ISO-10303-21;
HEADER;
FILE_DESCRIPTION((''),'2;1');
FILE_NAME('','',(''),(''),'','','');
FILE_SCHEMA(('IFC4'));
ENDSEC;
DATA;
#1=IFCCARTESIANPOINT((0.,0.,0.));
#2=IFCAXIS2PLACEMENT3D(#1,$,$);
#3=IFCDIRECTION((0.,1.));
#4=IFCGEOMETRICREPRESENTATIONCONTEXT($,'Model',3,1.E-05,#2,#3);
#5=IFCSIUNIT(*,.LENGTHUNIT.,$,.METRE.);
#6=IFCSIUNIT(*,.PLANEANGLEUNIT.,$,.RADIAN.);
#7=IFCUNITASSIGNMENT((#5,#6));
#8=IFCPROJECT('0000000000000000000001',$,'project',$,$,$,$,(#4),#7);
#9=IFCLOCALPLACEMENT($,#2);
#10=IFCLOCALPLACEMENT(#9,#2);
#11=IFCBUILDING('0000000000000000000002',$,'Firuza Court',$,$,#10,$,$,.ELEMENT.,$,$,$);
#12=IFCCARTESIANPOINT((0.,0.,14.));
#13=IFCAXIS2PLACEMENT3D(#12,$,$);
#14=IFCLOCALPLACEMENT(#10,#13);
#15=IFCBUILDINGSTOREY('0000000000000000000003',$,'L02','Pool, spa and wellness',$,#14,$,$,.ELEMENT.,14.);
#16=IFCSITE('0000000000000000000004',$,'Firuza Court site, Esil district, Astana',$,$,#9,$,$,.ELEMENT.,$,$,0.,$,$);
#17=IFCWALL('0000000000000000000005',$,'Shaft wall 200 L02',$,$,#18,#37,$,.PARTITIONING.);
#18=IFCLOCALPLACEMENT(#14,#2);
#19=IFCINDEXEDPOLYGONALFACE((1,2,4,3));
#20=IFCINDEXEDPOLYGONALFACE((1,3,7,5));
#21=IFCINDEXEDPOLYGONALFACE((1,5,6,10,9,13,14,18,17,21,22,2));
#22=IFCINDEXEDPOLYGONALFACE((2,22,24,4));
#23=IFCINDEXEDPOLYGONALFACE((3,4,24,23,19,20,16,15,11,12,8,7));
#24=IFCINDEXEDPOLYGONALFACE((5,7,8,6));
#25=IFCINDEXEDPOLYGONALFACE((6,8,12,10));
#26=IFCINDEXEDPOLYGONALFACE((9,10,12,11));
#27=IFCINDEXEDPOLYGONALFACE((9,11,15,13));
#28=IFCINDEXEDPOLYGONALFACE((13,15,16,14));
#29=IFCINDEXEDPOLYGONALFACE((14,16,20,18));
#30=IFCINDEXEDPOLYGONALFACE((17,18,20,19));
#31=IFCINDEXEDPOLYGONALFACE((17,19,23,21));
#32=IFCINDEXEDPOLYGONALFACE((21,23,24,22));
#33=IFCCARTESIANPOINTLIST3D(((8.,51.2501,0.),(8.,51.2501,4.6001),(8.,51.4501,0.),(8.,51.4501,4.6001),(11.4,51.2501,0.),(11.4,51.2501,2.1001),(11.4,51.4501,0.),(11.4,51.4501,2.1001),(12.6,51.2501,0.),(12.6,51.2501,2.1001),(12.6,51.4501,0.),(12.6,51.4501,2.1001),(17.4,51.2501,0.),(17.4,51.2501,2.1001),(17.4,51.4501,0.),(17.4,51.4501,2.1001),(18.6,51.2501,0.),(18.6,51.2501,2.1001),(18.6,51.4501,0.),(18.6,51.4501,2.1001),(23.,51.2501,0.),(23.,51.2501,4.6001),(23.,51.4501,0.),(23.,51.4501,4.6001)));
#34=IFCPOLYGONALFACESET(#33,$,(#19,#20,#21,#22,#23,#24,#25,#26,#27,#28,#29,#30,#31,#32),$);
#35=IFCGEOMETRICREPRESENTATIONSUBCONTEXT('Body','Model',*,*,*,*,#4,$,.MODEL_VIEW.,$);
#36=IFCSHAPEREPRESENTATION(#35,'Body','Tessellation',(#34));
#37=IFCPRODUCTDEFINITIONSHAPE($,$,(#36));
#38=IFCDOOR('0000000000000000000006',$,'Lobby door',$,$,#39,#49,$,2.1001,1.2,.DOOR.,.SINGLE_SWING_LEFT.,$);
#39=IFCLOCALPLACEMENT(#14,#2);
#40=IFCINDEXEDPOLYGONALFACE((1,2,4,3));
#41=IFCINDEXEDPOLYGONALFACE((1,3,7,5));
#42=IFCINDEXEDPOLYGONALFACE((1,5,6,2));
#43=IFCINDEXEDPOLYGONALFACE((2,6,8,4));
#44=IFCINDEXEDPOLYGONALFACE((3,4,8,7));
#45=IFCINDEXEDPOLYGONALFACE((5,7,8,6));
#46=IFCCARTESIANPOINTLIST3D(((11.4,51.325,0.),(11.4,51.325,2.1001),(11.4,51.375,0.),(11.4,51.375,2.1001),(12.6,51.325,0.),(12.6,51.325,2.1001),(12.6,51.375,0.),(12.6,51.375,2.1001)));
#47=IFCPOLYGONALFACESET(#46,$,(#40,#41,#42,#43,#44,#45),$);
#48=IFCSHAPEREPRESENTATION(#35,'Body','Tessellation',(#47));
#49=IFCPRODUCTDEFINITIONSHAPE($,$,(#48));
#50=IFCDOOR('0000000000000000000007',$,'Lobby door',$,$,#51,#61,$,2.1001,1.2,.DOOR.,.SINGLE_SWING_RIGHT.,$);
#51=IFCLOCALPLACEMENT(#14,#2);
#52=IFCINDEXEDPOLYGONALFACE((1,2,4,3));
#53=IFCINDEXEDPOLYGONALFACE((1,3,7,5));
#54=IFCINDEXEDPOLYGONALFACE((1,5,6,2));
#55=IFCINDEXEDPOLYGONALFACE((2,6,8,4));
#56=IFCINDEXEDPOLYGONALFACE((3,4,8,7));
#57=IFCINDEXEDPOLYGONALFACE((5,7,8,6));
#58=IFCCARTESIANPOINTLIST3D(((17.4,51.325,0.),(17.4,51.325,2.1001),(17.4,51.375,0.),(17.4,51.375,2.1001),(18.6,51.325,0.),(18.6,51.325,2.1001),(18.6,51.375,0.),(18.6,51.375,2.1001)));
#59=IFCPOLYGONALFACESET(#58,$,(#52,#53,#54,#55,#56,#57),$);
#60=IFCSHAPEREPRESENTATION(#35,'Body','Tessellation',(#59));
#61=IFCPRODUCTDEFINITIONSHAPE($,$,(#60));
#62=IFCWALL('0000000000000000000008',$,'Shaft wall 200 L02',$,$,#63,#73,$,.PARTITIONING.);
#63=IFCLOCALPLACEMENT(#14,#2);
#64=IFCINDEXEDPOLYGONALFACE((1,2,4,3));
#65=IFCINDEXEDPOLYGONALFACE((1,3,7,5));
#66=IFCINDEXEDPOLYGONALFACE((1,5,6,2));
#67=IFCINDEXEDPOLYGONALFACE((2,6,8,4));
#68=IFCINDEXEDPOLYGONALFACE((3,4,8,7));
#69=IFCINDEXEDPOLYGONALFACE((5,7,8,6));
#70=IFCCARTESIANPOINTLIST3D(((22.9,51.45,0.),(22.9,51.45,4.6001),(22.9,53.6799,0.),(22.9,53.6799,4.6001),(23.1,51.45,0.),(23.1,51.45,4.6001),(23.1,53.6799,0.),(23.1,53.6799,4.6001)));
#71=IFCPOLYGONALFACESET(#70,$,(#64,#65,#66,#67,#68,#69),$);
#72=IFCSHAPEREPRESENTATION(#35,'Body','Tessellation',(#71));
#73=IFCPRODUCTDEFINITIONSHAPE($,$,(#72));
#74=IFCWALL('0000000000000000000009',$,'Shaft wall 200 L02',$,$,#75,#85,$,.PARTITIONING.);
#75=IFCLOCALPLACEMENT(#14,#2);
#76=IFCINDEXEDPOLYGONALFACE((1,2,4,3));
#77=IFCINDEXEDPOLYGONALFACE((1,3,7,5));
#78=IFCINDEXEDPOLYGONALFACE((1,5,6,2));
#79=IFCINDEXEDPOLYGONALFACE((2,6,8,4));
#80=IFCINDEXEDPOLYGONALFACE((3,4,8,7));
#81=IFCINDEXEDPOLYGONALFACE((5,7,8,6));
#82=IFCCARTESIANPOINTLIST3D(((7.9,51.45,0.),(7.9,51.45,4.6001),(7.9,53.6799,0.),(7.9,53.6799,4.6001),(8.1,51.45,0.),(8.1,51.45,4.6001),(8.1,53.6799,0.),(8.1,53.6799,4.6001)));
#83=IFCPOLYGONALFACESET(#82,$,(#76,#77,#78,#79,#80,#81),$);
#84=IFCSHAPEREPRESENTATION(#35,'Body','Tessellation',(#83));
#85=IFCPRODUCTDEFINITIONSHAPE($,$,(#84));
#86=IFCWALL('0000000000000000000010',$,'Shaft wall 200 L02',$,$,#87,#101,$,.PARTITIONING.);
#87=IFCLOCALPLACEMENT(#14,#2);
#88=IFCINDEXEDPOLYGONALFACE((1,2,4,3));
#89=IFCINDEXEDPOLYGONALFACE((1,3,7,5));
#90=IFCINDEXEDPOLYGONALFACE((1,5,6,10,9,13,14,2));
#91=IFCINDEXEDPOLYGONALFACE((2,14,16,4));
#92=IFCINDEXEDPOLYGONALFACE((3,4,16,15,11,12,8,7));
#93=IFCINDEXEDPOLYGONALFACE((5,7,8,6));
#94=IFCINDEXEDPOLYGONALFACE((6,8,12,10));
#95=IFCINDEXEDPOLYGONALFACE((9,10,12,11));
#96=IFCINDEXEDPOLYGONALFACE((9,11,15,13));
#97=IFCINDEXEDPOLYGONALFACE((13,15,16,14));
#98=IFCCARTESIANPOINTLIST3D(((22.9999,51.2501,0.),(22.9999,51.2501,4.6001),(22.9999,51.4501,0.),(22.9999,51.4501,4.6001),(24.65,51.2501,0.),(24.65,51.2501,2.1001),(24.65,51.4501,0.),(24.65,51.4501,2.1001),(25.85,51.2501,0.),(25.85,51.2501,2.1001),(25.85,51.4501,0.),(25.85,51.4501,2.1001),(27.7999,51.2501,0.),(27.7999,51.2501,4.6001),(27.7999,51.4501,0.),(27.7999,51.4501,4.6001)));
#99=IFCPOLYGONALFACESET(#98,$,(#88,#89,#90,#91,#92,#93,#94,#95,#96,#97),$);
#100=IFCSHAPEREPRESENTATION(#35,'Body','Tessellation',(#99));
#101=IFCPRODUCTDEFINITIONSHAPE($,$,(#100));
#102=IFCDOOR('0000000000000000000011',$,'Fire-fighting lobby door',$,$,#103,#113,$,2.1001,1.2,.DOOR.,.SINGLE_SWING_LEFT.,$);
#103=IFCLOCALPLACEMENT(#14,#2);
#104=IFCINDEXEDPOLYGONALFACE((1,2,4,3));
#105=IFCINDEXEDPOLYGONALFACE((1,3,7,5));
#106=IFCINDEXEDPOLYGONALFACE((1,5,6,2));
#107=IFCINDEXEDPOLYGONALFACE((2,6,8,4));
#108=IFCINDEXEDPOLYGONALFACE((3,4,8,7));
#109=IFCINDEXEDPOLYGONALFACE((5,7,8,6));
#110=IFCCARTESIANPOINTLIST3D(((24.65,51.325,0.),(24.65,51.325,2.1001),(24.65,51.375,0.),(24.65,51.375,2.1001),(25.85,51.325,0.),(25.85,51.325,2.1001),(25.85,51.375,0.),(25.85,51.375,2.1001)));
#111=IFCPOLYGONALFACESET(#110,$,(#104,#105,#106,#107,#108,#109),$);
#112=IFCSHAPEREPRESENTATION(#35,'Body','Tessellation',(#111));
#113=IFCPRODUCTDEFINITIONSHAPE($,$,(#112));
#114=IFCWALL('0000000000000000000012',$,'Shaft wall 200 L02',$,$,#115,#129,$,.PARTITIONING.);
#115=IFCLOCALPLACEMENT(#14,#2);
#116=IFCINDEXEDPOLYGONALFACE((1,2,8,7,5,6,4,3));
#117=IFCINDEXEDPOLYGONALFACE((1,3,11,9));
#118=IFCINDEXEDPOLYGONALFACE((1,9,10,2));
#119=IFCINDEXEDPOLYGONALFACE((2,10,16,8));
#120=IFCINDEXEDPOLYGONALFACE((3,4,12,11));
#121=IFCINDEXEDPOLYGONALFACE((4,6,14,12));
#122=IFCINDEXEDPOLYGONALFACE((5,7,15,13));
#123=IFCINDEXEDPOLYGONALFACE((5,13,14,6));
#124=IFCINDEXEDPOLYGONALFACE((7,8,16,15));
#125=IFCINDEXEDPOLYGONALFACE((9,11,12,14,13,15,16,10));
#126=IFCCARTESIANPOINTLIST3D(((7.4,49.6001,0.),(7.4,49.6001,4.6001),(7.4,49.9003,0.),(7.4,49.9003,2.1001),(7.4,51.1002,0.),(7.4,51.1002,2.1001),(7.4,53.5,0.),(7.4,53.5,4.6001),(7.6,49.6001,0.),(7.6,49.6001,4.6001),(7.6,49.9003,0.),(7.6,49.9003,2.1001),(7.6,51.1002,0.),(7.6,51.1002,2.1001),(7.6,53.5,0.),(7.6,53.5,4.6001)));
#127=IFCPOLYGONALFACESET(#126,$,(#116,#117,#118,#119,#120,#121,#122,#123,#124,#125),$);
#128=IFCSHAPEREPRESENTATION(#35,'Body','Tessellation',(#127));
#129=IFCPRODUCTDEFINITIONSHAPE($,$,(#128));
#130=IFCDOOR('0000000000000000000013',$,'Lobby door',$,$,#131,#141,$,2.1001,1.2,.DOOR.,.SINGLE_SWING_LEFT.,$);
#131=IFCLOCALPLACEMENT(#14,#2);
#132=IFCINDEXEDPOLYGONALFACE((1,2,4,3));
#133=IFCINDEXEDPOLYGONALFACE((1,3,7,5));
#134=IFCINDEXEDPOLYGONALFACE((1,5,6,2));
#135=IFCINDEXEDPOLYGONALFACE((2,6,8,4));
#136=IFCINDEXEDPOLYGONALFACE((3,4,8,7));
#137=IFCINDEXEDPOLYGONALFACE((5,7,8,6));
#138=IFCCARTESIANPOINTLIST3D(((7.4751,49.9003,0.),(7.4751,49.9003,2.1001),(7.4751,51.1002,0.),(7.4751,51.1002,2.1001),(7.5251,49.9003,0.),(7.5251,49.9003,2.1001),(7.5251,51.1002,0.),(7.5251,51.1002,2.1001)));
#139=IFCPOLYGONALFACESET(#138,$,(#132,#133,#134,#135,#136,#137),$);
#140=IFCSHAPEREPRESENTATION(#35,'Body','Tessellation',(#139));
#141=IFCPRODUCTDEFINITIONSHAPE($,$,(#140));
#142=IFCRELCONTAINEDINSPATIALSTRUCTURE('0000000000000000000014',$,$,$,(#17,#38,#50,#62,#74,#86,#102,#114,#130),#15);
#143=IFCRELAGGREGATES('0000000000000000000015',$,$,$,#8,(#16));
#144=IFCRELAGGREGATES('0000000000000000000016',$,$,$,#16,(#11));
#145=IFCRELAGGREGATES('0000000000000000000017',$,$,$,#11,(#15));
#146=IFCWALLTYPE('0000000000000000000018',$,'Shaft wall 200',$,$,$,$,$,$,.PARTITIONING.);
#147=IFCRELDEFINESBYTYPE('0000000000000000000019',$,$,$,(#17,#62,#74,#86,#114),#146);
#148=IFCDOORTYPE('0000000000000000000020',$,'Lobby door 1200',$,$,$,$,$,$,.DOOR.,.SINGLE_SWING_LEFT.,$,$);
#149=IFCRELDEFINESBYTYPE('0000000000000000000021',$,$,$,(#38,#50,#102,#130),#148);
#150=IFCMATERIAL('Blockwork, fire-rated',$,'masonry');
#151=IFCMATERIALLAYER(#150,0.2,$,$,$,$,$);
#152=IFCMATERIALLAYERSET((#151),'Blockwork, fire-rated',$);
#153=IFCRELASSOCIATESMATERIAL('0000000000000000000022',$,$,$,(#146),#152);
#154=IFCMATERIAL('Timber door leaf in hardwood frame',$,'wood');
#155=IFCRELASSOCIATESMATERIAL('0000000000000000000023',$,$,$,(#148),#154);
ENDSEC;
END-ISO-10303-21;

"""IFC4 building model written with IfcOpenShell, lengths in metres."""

from ifc_helpers import new_model, si_unit, direction, frame, frame_2d, origin, place, context, subcontext, project, spatial, rectangle, extrude, material, layer, layer_set, type_object, element, fill, save


model = new_model("IFC4")

# Units and contexts
model_context = context("Model", 3, precision=1e-05, world=origin(), true_north=direction((0.0, 1.0)))
body_context = subcontext(model_context, "Body", "Model", "MODEL_VIEW")
ifc_project = project(units=[si_unit("LENGTHUNIT", "METRE"), si_unit("PLANEANGLEUNIT", "RADIAN")], contexts=[model_context])

# Site, building, storey
site_placement = place(None, origin())
site = spatial("IfcSite", under=ifc_project, at=site_placement, Name="Firuza Court site, Esil district, Astana", CompositionType="ELEMENT", RefElevation=0.0)
building_placement = place(site_placement, origin())
building = spatial("IfcBuilding", under=site, at=building_placement, Name="Firuza Court", CompositionType="ELEMENT")
storey_placement = place(building_placement, frame((0.0, 0.0, 14.0)))
storey = spatial("IfcBuildingStorey", under=building, at=storey_placement, Name="L02", Description="Pool, spa and wellness", CompositionType="ELEMENT", Elevation=14.0)

# Wall, openings, doors
ifc_material_1 = material(Name="Blockwork, fire-rated", Category="masonry")
ifc_layer_1 = layer(ifc_material_1, 0.2)
ifc_layer_set_1 = layer_set([ifc_layer_1], Name="Blockwork, fire-rated")
wall_type_1 = type_object("IfcWallType", Name="Shaft wall 200", PredefinedType="PARTITIONING", material=ifc_layer_set_1)
wall_1_placement = place(storey_placement, frame((8.0, 51.3501, 0.0), z_axis=(0.0, 0.0, 1.0), x_axis=(1.0, 0.0, 0.0)))
wall_1 = element("IfcWall", 1, at=wall_1_placement, inside=storey, type_object=wall_type_1, Name="Shaft wall 200 L02", PredefinedType="PARTITIONING", context=body_context, shape_type="SweptSolid", body=[
    extrude(rectangle(XDim=15.0, YDim=0.2, at=frame_2d((7.5, 0.0))), origin(), (0.0, 0.0, 1.0), 4.6001),
])
opening_1_placement = place(wall_1_placement, frame((3.3999, 0.0, 0.0)))
opening_1 = element("IfcOpeningElement", 2, at=opening_1_placement, cuts=wall_1, PredefinedType="OPENING", context=body_context, shape_type="SweptSolid", body=[
    extrude(rectangle(XDim=1.2, YDim=2.1001, at=frame_2d((0.6001, 1.05))), frame((0.0, 0.1118, 0.0), z_axis=(0.0, -1.0, 0.0), x_axis=(1.0, 0.0, 0.0)), (0.0, 0.0, 1.0), 0.2239),
])
opening_2_placement = place(wall_1_placement, frame((9.3999, 0.0, 0.0)))
opening_2 = element("IfcOpeningElement", 3, at=opening_2_placement, cuts=wall_1, PredefinedType="OPENING", context=body_context, shape_type="SweptSolid", body=[
    extrude(rectangle(XDim=1.2, YDim=2.1001, at=frame_2d((0.6001, 1.05))), frame((0.0, 0.1118, 0.0), z_axis=(0.0, -1.0, 0.0), x_axis=(1.0, 0.0, 0.0)), (0.0, 0.0, 1.0), 0.2239),
])
ifc_material_2 = material(Name="Timber door leaf in hardwood frame", Category="wood")
door_type_1 = type_object("IfcDoorType", Name="Lobby door 1200", OperationType="SINGLE_SWING_LEFT", PredefinedType="DOOR", material=ifc_material_2)
door_1_placement = place(opening_1_placement, origin())
door_1 = element("IfcDoor", 4, at=door_1_placement, inside=storey, type_object=door_type_1, Name="Lobby door", OperationType="SINGLE_SWING_LEFT", OverallHeight=2.1001, OverallWidth=1.2, PredefinedType="DOOR", context=body_context, shape_type="SweptSolid", body=[
    extrude(rectangle(XDim=1.2, YDim=2.1001, at=frame_2d((0.6001, 1.05))), frame((0.0, 0.0249, 0.0), z_axis=(0.0, -1.0, 0.0), x_axis=(1.0, 0.0, 0.0)), (0.0, 0.0, 1.0), 0.05),
])
fill(opening_1, door_1)
door_2_placement = place(opening_2_placement, origin())
door_2 = element("IfcDoor", 5, at=door_2_placement, inside=storey, type_object=door_type_1, Name="Lobby door", OperationType="SINGLE_SWING_RIGHT", OverallHeight=2.1001, OverallWidth=1.2, PredefinedType="DOOR", context=body_context, shape_type="SweptSolid", body=[
    extrude(rectangle(XDim=1.2, YDim=2.1001, at=frame_2d((0.6001, 1.05))), frame((0.0, 0.0249, 0.0), z_axis=(0.0, -1.0, 0.0), x_axis=(1.0, 0.0, 0.0)), (0.0, 0.0, 1.0), 0.05),
])
fill(opening_2, door_2)

# Walls
for number, where, z_axis, x_axis, name in (
    (6, (23.0, 51.45, 0.0), (0.0, 0.0, 1.0), (0.0, 1.0, 0.0), "Shaft wall 200 L02"),
    (7, (8.0, 51.45, 0.0), (0.0, 0.0, 1.0), (0.0, 1.0, 0.0), "Shaft wall 200 L02"),
):
    element("IfcWall", number, at=place(storey_placement, frame(where, z_axis=z_axis, x_axis=x_axis)), inside=storey, type_object=wall_type_1, Name=name, PredefinedType="PARTITIONING", context=body_context, shape_type="SweptSolid", body=[
        extrude(rectangle(XDim=2.23, YDim=0.2, at=frame_2d((1.115, 0.0))), origin(), (0.0, 0.0, 1.0), 4.6001),
    ])

# Walls, openings, doors
wall_2_placement = place(storey_placement, frame((23.0, 51.3501, 0.0), z_axis=(0.0, 0.0, 1.0), x_axis=(1.0, 0.0, 0.0)))
wall_2 = element("IfcWall", 8, at=wall_2_placement, inside=storey, type_object=wall_type_1, Name="Shaft wall 200 L02", PredefinedType="PARTITIONING", context=body_context, shape_type="SweptSolid", body=[
    extrude(rectangle(XDim=4.8, YDim=0.2, at=frame_2d((2.3999, 0.0))), origin(), (0.0, 0.0, 1.0), 4.6001),
])
opening_3_placement = place(wall_2_placement, frame((1.6499, 0.0, 0.0)))
opening_3 = element("IfcOpeningElement", 9, at=opening_3_placement, cuts=wall_2, PredefinedType="OPENING", context=body_context, shape_type="SweptSolid", body=[
    extrude(rectangle(XDim=1.2, YDim=2.1001, at=frame_2d((0.6001, 1.05))), frame((0.0, 0.1118, 0.0), z_axis=(0.0, -1.0, 0.0), x_axis=(1.0, 0.0, 0.0)), (0.0, 0.0, 1.0), 0.2239),
])
door_3_placement = place(opening_3_placement, origin())
door_3 = element("IfcDoor", 10, at=door_3_placement, inside=storey, type_object=door_type_1, Name="Fire-fighting lobby door", OperationType="SINGLE_SWING_LEFT", OverallHeight=2.1001, OverallWidth=1.2, PredefinedType="DOOR", context=body_context, shape_type="SweptSolid", body=[
    extrude(rectangle(XDim=1.2, YDim=2.1001, at=frame_2d((0.6001, 1.05))), frame((0.0, 0.0249, 0.0), z_axis=(0.0, -1.0, 0.0), x_axis=(1.0, 0.0, 0.0)), (0.0, 0.0, 1.0), 0.05),
])
fill(opening_3, door_3)
wall_3_placement = place(storey_placement, frame((7.5, 49.6001, 0.0), z_axis=(0.0, 0.0, 1.0), x_axis=(0.0, 1.0, 0.0)))
wall_3 = element("IfcWall", 11, at=wall_3_placement, inside=storey, type_object=wall_type_1, Name="Shaft wall 200 L02", PredefinedType="PARTITIONING", context=body_context, shape_type="SweptSolid", body=[
    extrude(rectangle(XDim=3.8999, YDim=0.2, at=frame_2d((1.95, 0.0))), origin(), (0.0, 0.0, 1.0), 4.6001),
])
opening_4_placement = place(wall_3_placement, frame((0.3, 0.0, 0.0)))
opening_4 = element("IfcOpeningElement", 12, at=opening_4_placement, cuts=wall_3, PredefinedType="OPENING", context=body_context, shape_type="SweptSolid", body=[
    extrude(rectangle(XDim=1.2, YDim=2.1001, at=frame_2d((0.6001, 1.05))), frame((0.0, 0.1118, 0.0), z_axis=(0.0, -1.0, 0.0), x_axis=(1.0, 0.0, 0.0)), (0.0, 0.0, 1.0), 0.2239),
])
door_4_placement = place(opening_4_placement, origin())
door_4 = element("IfcDoor", 13, at=door_4_placement, inside=storey, type_object=door_type_1, Name="Lobby door", OperationType="SINGLE_SWING_LEFT", OverallHeight=2.1001, OverallWidth=1.2, PredefinedType="DOOR", context=body_context, shape_type="SweptSolid", body=[
    extrude(rectangle(XDim=1.2, YDim=2.1001, at=frame_2d((0.6001, 1.05))), frame((0.0, 0.0249, 0.0), z_axis=(0.0, -1.0, 0.0), x_axis=(1.0, 0.0, 0.0)), (0.0, 0.0, 1.0), 0.05),
])
fill(opening_4, door_4)

save(model, "model.ifc")
